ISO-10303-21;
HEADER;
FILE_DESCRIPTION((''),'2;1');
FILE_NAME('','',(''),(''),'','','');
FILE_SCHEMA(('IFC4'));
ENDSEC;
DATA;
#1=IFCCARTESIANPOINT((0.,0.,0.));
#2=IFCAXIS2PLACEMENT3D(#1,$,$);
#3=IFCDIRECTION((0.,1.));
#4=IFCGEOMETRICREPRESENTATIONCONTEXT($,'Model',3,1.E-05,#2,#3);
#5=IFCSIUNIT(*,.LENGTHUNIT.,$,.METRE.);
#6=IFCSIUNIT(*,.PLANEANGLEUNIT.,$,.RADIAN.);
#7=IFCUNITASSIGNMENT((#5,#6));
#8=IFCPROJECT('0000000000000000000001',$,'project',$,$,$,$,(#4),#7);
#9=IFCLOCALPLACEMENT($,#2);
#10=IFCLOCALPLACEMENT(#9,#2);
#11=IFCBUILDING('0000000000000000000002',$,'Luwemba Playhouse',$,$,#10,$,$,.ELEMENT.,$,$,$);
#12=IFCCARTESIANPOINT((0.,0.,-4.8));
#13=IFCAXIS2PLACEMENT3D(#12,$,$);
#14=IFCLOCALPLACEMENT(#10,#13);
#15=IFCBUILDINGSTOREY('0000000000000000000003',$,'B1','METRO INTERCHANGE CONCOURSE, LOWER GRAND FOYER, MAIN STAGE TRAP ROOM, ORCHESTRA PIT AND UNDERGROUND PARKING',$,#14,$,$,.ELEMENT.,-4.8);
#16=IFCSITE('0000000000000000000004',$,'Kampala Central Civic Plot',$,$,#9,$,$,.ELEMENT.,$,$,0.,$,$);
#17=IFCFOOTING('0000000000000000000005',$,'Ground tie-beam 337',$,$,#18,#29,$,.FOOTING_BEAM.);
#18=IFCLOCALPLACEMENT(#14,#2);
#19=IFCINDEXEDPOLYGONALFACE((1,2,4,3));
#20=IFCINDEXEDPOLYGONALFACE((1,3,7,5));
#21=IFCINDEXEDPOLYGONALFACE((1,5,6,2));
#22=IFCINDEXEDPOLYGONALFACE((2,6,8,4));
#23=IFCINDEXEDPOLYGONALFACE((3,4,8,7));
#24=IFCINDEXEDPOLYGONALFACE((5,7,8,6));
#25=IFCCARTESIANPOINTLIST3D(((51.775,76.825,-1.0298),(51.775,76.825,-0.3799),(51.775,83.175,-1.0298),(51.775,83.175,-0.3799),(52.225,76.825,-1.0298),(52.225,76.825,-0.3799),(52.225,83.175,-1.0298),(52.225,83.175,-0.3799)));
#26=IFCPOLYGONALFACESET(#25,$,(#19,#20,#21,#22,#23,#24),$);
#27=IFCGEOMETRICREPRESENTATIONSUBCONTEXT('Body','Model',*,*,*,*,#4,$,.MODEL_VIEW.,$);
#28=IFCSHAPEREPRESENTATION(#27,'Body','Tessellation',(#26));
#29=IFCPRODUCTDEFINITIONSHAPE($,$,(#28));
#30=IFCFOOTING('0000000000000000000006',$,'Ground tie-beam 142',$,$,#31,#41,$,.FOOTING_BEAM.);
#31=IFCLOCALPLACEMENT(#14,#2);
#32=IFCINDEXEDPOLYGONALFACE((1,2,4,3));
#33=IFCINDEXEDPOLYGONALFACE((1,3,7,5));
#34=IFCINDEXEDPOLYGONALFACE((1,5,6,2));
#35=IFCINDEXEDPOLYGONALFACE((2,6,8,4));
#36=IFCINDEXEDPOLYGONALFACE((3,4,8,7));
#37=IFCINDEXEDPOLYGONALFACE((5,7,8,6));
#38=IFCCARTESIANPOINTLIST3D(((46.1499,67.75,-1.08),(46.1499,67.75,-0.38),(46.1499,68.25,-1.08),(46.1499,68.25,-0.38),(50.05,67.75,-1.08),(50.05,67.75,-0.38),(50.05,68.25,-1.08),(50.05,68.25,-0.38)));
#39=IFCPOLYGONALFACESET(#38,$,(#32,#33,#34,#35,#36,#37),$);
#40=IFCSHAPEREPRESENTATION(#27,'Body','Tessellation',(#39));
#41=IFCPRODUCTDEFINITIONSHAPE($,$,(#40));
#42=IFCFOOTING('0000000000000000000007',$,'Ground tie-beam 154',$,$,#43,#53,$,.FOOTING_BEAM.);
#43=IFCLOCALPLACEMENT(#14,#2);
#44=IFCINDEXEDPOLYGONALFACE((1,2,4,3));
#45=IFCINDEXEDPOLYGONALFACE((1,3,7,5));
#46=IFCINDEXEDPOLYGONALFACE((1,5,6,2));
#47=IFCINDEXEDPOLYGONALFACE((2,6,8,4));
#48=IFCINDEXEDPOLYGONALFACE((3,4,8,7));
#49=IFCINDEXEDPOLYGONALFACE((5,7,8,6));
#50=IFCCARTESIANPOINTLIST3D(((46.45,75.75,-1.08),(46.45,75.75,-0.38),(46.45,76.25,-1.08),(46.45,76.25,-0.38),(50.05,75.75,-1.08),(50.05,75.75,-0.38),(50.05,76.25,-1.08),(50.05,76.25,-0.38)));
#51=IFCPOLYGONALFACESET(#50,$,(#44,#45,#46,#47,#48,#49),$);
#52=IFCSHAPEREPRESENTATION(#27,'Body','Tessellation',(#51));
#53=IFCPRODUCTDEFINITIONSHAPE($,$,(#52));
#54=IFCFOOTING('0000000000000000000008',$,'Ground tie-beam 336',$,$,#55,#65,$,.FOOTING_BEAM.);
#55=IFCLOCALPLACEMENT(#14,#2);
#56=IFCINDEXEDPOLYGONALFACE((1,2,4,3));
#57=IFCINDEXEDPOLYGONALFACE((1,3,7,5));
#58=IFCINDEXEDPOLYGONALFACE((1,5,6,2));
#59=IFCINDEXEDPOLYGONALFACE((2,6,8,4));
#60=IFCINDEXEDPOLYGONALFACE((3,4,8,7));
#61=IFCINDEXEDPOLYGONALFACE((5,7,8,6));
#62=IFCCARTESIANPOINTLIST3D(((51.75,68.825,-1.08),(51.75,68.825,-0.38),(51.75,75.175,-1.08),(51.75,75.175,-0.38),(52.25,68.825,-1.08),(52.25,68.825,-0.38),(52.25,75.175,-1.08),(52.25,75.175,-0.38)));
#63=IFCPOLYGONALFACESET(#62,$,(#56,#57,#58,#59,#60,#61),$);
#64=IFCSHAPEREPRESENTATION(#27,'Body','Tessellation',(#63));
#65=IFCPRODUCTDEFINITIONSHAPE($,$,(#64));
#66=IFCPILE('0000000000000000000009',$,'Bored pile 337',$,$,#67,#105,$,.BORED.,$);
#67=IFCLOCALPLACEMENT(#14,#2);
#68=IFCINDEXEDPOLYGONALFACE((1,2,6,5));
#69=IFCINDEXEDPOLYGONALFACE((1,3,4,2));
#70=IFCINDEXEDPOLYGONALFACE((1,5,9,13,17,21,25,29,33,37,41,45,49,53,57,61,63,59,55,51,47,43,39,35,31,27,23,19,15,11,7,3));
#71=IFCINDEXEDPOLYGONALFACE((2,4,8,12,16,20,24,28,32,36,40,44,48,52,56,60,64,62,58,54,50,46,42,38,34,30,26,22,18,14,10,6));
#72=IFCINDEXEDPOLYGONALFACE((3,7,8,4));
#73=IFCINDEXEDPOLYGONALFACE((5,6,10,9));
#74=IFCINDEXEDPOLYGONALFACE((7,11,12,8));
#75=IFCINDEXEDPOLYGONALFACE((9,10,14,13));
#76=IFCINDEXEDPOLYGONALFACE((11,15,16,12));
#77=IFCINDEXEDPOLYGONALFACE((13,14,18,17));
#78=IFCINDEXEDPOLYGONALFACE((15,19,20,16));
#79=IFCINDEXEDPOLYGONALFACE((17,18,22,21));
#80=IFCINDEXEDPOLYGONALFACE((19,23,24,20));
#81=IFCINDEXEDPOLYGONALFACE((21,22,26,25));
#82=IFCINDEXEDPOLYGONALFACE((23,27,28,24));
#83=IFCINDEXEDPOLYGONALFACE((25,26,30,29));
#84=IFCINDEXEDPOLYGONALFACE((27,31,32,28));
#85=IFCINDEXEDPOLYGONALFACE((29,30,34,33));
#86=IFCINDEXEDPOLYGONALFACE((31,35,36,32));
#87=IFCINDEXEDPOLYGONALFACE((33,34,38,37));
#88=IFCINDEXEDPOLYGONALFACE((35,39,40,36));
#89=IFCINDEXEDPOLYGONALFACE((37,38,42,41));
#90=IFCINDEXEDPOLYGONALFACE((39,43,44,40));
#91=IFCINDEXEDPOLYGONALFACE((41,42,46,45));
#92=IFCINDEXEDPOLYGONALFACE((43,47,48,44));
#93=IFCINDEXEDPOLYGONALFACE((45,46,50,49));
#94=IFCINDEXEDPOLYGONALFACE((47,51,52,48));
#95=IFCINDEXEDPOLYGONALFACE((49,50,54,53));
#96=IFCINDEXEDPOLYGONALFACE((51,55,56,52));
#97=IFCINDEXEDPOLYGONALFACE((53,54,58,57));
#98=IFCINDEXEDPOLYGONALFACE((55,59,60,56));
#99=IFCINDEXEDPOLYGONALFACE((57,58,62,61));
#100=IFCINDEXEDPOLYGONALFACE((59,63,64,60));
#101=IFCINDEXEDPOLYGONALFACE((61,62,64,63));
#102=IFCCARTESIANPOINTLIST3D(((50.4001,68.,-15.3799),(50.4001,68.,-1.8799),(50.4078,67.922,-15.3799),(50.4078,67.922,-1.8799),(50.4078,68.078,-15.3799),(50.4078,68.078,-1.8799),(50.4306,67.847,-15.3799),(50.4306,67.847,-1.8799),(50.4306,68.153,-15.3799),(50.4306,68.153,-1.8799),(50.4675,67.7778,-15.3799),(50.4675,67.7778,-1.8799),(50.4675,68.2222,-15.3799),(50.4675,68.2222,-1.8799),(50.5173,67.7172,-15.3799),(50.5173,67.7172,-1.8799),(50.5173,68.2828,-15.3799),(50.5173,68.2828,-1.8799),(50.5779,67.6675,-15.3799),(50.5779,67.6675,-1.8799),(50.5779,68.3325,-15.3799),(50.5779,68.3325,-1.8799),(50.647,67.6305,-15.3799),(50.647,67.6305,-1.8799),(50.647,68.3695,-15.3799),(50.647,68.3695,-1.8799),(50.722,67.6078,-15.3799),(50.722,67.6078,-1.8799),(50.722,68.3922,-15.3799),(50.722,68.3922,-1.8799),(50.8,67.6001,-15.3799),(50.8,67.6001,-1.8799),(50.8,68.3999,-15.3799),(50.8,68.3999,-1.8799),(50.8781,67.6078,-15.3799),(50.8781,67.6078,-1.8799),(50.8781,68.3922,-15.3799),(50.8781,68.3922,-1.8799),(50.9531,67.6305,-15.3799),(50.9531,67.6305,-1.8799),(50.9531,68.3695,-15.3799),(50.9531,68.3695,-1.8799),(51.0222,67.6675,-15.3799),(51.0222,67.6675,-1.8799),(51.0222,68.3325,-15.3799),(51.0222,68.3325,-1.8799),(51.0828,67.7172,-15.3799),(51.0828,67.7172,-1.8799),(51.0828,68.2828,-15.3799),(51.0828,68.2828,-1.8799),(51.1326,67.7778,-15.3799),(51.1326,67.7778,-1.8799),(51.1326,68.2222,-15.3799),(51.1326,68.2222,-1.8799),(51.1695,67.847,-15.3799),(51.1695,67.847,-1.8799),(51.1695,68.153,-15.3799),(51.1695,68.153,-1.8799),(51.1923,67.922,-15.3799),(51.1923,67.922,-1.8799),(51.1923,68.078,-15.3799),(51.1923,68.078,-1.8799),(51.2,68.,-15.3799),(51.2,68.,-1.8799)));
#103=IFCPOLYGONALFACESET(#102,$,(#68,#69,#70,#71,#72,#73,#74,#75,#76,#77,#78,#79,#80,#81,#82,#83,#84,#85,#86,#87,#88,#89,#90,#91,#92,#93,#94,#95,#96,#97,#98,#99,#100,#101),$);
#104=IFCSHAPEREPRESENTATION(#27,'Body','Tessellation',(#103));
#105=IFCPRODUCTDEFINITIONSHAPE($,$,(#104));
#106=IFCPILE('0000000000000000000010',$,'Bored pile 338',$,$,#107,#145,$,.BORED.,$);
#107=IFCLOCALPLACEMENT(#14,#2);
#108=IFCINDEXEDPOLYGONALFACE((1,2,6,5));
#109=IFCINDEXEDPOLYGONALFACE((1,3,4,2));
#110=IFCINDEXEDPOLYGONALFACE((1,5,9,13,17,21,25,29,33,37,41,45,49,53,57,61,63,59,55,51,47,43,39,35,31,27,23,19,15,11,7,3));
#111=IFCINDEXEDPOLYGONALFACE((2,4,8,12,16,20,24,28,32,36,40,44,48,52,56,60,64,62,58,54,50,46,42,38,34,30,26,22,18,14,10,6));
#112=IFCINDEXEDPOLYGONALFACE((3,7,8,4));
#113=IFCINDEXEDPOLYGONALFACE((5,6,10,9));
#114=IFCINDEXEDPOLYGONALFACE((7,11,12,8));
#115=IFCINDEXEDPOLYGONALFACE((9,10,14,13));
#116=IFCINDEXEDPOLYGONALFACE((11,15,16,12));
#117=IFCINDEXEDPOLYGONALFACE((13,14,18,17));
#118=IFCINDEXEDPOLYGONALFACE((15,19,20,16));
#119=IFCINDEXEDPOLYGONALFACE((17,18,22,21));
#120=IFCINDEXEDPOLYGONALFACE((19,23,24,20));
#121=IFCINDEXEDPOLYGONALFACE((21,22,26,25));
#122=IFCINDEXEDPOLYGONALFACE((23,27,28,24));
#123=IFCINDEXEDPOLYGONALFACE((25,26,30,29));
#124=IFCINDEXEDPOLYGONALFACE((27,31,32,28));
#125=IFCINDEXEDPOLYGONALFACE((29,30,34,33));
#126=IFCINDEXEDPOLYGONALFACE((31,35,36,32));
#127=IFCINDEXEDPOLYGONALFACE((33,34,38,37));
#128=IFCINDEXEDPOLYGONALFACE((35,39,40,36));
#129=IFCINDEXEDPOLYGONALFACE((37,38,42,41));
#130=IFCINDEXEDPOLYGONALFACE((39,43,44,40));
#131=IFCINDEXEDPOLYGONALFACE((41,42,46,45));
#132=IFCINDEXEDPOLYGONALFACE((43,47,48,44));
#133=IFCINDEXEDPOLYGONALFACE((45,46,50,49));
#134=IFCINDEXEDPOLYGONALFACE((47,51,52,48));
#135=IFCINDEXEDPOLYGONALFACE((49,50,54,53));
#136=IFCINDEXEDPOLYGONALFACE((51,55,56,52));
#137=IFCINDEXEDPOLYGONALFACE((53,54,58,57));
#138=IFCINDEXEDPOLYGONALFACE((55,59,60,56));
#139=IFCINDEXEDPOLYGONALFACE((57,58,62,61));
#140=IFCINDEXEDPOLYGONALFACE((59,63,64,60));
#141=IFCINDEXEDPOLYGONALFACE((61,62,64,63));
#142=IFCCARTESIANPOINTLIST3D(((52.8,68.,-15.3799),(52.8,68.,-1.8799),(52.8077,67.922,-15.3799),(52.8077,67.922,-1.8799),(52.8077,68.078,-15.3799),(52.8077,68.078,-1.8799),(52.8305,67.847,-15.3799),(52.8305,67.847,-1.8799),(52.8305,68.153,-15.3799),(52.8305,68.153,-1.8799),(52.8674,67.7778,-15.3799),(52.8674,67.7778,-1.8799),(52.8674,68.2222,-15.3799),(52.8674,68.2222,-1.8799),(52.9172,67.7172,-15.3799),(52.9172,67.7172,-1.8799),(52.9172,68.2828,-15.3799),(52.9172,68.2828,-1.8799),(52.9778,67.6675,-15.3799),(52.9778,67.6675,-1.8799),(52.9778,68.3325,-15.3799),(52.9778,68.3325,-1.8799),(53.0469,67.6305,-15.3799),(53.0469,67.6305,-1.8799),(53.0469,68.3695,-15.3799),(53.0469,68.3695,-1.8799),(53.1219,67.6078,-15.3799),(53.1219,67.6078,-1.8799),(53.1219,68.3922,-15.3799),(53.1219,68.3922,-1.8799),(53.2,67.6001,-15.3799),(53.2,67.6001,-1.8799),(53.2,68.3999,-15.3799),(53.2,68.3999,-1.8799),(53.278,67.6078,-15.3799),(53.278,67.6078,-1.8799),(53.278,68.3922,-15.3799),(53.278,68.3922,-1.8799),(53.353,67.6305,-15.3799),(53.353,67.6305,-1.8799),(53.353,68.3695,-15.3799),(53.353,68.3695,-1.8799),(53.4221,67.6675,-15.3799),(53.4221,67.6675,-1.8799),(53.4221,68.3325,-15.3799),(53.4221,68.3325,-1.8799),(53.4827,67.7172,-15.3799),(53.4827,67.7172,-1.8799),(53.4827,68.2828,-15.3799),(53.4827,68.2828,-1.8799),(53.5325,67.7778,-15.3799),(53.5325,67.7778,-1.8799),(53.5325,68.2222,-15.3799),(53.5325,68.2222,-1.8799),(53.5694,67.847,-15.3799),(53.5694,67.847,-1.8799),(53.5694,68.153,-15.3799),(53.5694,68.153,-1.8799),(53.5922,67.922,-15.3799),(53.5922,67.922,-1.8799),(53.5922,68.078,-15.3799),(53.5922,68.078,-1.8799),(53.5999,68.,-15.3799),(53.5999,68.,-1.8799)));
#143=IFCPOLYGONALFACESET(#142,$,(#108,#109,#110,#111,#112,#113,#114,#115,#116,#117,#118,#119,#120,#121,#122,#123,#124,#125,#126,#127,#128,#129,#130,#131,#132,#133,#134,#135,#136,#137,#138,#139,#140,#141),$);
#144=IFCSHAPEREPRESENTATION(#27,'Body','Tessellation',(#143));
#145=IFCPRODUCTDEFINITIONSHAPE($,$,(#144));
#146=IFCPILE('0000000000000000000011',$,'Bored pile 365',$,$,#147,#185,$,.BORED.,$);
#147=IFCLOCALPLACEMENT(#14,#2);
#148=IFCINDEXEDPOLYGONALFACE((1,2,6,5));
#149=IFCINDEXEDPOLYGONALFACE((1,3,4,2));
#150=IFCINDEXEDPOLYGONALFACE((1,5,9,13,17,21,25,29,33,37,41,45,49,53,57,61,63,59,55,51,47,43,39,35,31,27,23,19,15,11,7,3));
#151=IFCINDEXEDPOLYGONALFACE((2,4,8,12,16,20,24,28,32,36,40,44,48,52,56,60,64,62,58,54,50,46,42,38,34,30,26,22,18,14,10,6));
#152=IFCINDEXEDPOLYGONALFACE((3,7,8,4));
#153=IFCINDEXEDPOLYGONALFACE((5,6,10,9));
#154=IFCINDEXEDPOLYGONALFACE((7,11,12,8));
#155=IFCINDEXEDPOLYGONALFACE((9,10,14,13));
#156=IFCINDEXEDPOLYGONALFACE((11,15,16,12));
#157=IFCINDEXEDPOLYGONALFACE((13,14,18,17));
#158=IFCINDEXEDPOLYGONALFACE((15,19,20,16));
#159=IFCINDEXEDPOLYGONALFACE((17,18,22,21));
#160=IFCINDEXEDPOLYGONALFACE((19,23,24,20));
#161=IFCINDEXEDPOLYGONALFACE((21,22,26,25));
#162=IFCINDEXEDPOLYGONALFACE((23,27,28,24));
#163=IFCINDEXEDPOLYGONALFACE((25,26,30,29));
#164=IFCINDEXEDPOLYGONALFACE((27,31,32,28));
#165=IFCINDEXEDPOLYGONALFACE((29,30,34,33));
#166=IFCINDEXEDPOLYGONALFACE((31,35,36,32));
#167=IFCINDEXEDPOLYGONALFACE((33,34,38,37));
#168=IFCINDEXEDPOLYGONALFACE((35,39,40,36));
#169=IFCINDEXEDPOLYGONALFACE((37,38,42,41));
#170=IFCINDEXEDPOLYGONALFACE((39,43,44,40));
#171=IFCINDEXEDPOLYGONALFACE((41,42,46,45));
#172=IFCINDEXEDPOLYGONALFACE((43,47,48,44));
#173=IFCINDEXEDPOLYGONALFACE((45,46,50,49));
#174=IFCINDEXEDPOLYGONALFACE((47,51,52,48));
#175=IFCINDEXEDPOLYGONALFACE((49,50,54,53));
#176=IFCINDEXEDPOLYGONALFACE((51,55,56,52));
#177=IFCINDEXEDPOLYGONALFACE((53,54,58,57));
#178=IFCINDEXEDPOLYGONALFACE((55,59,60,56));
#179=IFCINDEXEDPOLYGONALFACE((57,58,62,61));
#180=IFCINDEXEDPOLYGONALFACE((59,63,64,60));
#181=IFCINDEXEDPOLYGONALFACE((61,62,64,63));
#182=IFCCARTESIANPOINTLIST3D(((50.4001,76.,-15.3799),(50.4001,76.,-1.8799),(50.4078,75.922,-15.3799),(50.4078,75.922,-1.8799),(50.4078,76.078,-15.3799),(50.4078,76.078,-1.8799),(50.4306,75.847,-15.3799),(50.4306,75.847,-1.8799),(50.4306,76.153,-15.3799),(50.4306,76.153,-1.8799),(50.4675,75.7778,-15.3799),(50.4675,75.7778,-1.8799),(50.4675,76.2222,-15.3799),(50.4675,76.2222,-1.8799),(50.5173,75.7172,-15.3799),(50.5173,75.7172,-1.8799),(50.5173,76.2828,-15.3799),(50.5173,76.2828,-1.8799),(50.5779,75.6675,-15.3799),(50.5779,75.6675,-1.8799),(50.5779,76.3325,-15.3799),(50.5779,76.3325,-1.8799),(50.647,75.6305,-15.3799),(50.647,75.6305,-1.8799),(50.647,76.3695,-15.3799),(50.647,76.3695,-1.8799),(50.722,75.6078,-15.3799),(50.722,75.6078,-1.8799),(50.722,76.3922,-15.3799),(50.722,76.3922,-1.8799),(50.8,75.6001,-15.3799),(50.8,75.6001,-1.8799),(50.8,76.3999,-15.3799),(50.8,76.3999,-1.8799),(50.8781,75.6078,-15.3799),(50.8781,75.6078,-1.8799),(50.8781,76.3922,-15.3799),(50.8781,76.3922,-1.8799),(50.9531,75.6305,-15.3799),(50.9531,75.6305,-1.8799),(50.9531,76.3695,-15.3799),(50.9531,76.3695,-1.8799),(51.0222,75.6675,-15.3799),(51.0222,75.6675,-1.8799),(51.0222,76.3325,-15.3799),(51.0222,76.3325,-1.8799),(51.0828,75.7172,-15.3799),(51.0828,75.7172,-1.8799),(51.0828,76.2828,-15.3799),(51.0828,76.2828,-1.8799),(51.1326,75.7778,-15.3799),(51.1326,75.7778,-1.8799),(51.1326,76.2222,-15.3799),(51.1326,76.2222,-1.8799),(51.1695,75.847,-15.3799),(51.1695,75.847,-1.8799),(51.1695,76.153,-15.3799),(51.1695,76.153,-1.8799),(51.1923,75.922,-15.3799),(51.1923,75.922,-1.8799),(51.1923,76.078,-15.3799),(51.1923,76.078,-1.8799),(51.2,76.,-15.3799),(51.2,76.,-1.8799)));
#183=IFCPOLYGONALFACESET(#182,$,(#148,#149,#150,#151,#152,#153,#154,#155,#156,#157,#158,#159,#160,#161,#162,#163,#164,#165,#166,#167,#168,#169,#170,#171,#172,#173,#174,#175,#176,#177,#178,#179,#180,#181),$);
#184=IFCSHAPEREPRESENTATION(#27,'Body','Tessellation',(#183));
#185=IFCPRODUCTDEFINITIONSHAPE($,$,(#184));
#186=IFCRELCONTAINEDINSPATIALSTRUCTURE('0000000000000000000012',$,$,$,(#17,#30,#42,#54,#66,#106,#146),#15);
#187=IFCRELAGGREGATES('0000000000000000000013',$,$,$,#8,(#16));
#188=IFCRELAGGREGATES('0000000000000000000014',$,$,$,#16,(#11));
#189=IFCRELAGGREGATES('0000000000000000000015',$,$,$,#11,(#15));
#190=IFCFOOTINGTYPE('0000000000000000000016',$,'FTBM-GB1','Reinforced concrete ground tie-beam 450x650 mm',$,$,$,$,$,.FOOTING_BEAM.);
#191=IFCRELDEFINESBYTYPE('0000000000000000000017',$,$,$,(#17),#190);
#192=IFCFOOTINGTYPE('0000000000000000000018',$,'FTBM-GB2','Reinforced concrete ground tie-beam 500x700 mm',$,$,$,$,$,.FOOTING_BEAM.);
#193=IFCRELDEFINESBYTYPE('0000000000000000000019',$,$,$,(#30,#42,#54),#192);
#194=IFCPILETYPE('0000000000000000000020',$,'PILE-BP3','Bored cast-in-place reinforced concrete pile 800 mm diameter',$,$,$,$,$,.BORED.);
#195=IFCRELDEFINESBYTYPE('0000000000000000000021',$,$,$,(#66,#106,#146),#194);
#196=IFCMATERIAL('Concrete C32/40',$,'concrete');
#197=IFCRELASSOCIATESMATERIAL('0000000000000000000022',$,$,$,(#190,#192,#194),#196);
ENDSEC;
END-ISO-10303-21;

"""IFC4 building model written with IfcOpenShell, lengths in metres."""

from ifc_helpers import new_model, si_unit, direction, frame, origin, origin_2d, place, context, subcontext, project, spatial, rectangle, circle, extrude, material, material_profile, profile_set, type_object, element, save


model = new_model("IFC4")

# Units and contexts
model_context = context("Model", 3, precision=1e-05, world=origin(), true_north=direction((0.0, 1.0)))
body_context = subcontext(model_context, "Body", "Model", "MODEL_VIEW")
ifc_project = project(units=[si_unit("LENGTHUNIT", "METRE"), si_unit("PLANEANGLEUNIT", "RADIAN")], contexts=[model_context])

# Site, building, storey
site_placement = place(None, origin())
site = spatial("IfcSite", under=ifc_project, at=site_placement, Name="Kampala Central Civic Plot", CompositionType="ELEMENT", RefElevation=0.0)
building_placement = place(site_placement, origin())
building = spatial("IfcBuilding", under=site, at=building_placement, Name="Luwemba Playhouse", CompositionType="ELEMENT")
storey_placement = place(building_placement, frame((0.0, 0.0, -4.8)))
storey = spatial("IfcBuildingStorey", under=building, at=storey_placement, Name="B1", Description="METRO INTERCHANGE CONCOURSE, LOWER GRAND FOYER, MAIN STAGE TRAP ROOM, ORCHESTRA PIT AND UNDERGROUND PARKING", CompositionType="ELEMENT", Elevation=-4.8)

# Footings
ifc_material_1 = material(Name="Concrete C32/40", Category="concrete")
ifc_material_profile_1 = material_profile(ifc_material_1, rectangle(XDim=0.45, YDim=0.6499, at=origin_2d()))
ifc_profile_set_1 = profile_set([ifc_material_profile_1], Name="Concrete C32/40")
footing_type_1 = type_object("IfcFootingType", Name="FTBM-GB1", Description="Reinforced concrete ground tie-beam 450x650 mm", PredefinedType="FOOTING_BEAM", material=ifc_profile_set_1)
footing_1_placement = place(storey_placement, frame((52.0, 76.825, -0.7048), z_axis=(0.0, 1.0, 0.0), x_axis=(-1.0, 0.0, 0.0)))
element("IfcFooting", 1, at=footing_1_placement, inside=storey, type_object=footing_type_1, Name="Ground tie-beam 337", PredefinedType="FOOTING_BEAM", context=body_context, shape_type="SweptSolid", body=[
    extrude(rectangle(XDim=0.45, YDim=0.6499, at=origin_2d()), origin(), (0.0, 0.0, 1.0), 6.3501),
])
ifc_material_profile_2 = material_profile(ifc_material_1, rectangle(XDim=0.5, YDim=0.7, at=origin_2d()))
ifc_profile_set_2 = profile_set([ifc_material_profile_2], Name="Concrete C32/40")
footing_type_2 = type_object("IfcFootingType", Name="FTBM-GB2", Description="Reinforced concrete ground tie-beam 500x700 mm", PredefinedType="FOOTING_BEAM", material=ifc_profile_set_2)
footing_2_placement = place(storey_placement, frame((46.1499, 68.0, -0.73), z_axis=(1.0, 0.0, 0.0), x_axis=(0.0, 1.0, 0.0)))
element("IfcFooting", 2, at=footing_2_placement, inside=storey, type_object=footing_type_2, Name="Ground tie-beam 142", PredefinedType="FOOTING_BEAM", context=body_context, shape_type="SweptSolid", body=[
    extrude(rectangle(XDim=0.5, YDim=0.7, at=origin_2d()), origin(), (0.0, 0.0, 1.0), 3.9001),
])
footing_3_placement = place(storey_placement, frame((46.45, 76.0, -0.73), z_axis=(1.0, 0.0, 0.0), x_axis=(0.0, 1.0, 0.0)))
element("IfcFooting", 3, at=footing_3_placement, inside=storey, type_object=footing_type_2, Name="Ground tie-beam 154", PredefinedType="FOOTING_BEAM", context=body_context, shape_type="SweptSolid", body=[
    extrude(rectangle(XDim=0.5, YDim=0.7, at=origin_2d()), origin(), (0.0, 0.0, 1.0), 3.6001),
])
footing_4_placement = place(storey_placement, frame((52.0, 68.825, -0.73), z_axis=(0.0, 1.0, 0.0), x_axis=(-1.0, 0.0, 0.0)))
element("IfcFooting", 4, at=footing_4_placement, inside=storey, type_object=footing_type_2, Name="Ground tie-beam 336", PredefinedType="FOOTING_BEAM", context=body_context, shape_type="SweptSolid", body=[
    extrude(rectangle(XDim=0.5, YDim=0.7, at=origin_2d()), origin(), (0.0, 0.0, 1.0), 6.3501),
])

# Piles
ifc_material_profile_3 = material_profile(ifc_material_1, circle(Radius=0.3999, at=origin_2d()))
ifc_profile_set_3 = profile_set([ifc_material_profile_3], Name="Concrete C32/40")
pile_type_1 = type_object("IfcPileType", Name="PILE-BP3", Description="Bored cast-in-place reinforced concrete pile 800 mm diameter", PredefinedType="BORED", material=ifc_profile_set_3)
for number, where, z_axis, x_axis, name in (
    (5, (50.8, 68.0, -1.8799), (0.0, 0.0, -1.0), (1.0, 0.0, 0.0), "Bored pile 337"),
    (6, (53.2, 68.0, -1.8799), (0.0, 0.0, -1.0), (1.0, 0.0, 0.0), "Bored pile 338"),
    (7, (50.8, 76.0, -1.8799), (0.0, 0.0, -1.0), (1.0, 0.0, 0.0), "Bored pile 365"),
):
    element("IfcPile", number, at=place(storey_placement, frame(where, z_axis=z_axis, x_axis=x_axis)), inside=storey, type_object=pile_type_1, Name=name, PredefinedType="BORED", context=body_context, shape_type="SweptSolid", body=[
        extrude(circle(Radius=0.3999, at=origin_2d()), origin(), (0.0, 0.0, 1.0), 13.5),
    ])

save(model, "model.ifc")
